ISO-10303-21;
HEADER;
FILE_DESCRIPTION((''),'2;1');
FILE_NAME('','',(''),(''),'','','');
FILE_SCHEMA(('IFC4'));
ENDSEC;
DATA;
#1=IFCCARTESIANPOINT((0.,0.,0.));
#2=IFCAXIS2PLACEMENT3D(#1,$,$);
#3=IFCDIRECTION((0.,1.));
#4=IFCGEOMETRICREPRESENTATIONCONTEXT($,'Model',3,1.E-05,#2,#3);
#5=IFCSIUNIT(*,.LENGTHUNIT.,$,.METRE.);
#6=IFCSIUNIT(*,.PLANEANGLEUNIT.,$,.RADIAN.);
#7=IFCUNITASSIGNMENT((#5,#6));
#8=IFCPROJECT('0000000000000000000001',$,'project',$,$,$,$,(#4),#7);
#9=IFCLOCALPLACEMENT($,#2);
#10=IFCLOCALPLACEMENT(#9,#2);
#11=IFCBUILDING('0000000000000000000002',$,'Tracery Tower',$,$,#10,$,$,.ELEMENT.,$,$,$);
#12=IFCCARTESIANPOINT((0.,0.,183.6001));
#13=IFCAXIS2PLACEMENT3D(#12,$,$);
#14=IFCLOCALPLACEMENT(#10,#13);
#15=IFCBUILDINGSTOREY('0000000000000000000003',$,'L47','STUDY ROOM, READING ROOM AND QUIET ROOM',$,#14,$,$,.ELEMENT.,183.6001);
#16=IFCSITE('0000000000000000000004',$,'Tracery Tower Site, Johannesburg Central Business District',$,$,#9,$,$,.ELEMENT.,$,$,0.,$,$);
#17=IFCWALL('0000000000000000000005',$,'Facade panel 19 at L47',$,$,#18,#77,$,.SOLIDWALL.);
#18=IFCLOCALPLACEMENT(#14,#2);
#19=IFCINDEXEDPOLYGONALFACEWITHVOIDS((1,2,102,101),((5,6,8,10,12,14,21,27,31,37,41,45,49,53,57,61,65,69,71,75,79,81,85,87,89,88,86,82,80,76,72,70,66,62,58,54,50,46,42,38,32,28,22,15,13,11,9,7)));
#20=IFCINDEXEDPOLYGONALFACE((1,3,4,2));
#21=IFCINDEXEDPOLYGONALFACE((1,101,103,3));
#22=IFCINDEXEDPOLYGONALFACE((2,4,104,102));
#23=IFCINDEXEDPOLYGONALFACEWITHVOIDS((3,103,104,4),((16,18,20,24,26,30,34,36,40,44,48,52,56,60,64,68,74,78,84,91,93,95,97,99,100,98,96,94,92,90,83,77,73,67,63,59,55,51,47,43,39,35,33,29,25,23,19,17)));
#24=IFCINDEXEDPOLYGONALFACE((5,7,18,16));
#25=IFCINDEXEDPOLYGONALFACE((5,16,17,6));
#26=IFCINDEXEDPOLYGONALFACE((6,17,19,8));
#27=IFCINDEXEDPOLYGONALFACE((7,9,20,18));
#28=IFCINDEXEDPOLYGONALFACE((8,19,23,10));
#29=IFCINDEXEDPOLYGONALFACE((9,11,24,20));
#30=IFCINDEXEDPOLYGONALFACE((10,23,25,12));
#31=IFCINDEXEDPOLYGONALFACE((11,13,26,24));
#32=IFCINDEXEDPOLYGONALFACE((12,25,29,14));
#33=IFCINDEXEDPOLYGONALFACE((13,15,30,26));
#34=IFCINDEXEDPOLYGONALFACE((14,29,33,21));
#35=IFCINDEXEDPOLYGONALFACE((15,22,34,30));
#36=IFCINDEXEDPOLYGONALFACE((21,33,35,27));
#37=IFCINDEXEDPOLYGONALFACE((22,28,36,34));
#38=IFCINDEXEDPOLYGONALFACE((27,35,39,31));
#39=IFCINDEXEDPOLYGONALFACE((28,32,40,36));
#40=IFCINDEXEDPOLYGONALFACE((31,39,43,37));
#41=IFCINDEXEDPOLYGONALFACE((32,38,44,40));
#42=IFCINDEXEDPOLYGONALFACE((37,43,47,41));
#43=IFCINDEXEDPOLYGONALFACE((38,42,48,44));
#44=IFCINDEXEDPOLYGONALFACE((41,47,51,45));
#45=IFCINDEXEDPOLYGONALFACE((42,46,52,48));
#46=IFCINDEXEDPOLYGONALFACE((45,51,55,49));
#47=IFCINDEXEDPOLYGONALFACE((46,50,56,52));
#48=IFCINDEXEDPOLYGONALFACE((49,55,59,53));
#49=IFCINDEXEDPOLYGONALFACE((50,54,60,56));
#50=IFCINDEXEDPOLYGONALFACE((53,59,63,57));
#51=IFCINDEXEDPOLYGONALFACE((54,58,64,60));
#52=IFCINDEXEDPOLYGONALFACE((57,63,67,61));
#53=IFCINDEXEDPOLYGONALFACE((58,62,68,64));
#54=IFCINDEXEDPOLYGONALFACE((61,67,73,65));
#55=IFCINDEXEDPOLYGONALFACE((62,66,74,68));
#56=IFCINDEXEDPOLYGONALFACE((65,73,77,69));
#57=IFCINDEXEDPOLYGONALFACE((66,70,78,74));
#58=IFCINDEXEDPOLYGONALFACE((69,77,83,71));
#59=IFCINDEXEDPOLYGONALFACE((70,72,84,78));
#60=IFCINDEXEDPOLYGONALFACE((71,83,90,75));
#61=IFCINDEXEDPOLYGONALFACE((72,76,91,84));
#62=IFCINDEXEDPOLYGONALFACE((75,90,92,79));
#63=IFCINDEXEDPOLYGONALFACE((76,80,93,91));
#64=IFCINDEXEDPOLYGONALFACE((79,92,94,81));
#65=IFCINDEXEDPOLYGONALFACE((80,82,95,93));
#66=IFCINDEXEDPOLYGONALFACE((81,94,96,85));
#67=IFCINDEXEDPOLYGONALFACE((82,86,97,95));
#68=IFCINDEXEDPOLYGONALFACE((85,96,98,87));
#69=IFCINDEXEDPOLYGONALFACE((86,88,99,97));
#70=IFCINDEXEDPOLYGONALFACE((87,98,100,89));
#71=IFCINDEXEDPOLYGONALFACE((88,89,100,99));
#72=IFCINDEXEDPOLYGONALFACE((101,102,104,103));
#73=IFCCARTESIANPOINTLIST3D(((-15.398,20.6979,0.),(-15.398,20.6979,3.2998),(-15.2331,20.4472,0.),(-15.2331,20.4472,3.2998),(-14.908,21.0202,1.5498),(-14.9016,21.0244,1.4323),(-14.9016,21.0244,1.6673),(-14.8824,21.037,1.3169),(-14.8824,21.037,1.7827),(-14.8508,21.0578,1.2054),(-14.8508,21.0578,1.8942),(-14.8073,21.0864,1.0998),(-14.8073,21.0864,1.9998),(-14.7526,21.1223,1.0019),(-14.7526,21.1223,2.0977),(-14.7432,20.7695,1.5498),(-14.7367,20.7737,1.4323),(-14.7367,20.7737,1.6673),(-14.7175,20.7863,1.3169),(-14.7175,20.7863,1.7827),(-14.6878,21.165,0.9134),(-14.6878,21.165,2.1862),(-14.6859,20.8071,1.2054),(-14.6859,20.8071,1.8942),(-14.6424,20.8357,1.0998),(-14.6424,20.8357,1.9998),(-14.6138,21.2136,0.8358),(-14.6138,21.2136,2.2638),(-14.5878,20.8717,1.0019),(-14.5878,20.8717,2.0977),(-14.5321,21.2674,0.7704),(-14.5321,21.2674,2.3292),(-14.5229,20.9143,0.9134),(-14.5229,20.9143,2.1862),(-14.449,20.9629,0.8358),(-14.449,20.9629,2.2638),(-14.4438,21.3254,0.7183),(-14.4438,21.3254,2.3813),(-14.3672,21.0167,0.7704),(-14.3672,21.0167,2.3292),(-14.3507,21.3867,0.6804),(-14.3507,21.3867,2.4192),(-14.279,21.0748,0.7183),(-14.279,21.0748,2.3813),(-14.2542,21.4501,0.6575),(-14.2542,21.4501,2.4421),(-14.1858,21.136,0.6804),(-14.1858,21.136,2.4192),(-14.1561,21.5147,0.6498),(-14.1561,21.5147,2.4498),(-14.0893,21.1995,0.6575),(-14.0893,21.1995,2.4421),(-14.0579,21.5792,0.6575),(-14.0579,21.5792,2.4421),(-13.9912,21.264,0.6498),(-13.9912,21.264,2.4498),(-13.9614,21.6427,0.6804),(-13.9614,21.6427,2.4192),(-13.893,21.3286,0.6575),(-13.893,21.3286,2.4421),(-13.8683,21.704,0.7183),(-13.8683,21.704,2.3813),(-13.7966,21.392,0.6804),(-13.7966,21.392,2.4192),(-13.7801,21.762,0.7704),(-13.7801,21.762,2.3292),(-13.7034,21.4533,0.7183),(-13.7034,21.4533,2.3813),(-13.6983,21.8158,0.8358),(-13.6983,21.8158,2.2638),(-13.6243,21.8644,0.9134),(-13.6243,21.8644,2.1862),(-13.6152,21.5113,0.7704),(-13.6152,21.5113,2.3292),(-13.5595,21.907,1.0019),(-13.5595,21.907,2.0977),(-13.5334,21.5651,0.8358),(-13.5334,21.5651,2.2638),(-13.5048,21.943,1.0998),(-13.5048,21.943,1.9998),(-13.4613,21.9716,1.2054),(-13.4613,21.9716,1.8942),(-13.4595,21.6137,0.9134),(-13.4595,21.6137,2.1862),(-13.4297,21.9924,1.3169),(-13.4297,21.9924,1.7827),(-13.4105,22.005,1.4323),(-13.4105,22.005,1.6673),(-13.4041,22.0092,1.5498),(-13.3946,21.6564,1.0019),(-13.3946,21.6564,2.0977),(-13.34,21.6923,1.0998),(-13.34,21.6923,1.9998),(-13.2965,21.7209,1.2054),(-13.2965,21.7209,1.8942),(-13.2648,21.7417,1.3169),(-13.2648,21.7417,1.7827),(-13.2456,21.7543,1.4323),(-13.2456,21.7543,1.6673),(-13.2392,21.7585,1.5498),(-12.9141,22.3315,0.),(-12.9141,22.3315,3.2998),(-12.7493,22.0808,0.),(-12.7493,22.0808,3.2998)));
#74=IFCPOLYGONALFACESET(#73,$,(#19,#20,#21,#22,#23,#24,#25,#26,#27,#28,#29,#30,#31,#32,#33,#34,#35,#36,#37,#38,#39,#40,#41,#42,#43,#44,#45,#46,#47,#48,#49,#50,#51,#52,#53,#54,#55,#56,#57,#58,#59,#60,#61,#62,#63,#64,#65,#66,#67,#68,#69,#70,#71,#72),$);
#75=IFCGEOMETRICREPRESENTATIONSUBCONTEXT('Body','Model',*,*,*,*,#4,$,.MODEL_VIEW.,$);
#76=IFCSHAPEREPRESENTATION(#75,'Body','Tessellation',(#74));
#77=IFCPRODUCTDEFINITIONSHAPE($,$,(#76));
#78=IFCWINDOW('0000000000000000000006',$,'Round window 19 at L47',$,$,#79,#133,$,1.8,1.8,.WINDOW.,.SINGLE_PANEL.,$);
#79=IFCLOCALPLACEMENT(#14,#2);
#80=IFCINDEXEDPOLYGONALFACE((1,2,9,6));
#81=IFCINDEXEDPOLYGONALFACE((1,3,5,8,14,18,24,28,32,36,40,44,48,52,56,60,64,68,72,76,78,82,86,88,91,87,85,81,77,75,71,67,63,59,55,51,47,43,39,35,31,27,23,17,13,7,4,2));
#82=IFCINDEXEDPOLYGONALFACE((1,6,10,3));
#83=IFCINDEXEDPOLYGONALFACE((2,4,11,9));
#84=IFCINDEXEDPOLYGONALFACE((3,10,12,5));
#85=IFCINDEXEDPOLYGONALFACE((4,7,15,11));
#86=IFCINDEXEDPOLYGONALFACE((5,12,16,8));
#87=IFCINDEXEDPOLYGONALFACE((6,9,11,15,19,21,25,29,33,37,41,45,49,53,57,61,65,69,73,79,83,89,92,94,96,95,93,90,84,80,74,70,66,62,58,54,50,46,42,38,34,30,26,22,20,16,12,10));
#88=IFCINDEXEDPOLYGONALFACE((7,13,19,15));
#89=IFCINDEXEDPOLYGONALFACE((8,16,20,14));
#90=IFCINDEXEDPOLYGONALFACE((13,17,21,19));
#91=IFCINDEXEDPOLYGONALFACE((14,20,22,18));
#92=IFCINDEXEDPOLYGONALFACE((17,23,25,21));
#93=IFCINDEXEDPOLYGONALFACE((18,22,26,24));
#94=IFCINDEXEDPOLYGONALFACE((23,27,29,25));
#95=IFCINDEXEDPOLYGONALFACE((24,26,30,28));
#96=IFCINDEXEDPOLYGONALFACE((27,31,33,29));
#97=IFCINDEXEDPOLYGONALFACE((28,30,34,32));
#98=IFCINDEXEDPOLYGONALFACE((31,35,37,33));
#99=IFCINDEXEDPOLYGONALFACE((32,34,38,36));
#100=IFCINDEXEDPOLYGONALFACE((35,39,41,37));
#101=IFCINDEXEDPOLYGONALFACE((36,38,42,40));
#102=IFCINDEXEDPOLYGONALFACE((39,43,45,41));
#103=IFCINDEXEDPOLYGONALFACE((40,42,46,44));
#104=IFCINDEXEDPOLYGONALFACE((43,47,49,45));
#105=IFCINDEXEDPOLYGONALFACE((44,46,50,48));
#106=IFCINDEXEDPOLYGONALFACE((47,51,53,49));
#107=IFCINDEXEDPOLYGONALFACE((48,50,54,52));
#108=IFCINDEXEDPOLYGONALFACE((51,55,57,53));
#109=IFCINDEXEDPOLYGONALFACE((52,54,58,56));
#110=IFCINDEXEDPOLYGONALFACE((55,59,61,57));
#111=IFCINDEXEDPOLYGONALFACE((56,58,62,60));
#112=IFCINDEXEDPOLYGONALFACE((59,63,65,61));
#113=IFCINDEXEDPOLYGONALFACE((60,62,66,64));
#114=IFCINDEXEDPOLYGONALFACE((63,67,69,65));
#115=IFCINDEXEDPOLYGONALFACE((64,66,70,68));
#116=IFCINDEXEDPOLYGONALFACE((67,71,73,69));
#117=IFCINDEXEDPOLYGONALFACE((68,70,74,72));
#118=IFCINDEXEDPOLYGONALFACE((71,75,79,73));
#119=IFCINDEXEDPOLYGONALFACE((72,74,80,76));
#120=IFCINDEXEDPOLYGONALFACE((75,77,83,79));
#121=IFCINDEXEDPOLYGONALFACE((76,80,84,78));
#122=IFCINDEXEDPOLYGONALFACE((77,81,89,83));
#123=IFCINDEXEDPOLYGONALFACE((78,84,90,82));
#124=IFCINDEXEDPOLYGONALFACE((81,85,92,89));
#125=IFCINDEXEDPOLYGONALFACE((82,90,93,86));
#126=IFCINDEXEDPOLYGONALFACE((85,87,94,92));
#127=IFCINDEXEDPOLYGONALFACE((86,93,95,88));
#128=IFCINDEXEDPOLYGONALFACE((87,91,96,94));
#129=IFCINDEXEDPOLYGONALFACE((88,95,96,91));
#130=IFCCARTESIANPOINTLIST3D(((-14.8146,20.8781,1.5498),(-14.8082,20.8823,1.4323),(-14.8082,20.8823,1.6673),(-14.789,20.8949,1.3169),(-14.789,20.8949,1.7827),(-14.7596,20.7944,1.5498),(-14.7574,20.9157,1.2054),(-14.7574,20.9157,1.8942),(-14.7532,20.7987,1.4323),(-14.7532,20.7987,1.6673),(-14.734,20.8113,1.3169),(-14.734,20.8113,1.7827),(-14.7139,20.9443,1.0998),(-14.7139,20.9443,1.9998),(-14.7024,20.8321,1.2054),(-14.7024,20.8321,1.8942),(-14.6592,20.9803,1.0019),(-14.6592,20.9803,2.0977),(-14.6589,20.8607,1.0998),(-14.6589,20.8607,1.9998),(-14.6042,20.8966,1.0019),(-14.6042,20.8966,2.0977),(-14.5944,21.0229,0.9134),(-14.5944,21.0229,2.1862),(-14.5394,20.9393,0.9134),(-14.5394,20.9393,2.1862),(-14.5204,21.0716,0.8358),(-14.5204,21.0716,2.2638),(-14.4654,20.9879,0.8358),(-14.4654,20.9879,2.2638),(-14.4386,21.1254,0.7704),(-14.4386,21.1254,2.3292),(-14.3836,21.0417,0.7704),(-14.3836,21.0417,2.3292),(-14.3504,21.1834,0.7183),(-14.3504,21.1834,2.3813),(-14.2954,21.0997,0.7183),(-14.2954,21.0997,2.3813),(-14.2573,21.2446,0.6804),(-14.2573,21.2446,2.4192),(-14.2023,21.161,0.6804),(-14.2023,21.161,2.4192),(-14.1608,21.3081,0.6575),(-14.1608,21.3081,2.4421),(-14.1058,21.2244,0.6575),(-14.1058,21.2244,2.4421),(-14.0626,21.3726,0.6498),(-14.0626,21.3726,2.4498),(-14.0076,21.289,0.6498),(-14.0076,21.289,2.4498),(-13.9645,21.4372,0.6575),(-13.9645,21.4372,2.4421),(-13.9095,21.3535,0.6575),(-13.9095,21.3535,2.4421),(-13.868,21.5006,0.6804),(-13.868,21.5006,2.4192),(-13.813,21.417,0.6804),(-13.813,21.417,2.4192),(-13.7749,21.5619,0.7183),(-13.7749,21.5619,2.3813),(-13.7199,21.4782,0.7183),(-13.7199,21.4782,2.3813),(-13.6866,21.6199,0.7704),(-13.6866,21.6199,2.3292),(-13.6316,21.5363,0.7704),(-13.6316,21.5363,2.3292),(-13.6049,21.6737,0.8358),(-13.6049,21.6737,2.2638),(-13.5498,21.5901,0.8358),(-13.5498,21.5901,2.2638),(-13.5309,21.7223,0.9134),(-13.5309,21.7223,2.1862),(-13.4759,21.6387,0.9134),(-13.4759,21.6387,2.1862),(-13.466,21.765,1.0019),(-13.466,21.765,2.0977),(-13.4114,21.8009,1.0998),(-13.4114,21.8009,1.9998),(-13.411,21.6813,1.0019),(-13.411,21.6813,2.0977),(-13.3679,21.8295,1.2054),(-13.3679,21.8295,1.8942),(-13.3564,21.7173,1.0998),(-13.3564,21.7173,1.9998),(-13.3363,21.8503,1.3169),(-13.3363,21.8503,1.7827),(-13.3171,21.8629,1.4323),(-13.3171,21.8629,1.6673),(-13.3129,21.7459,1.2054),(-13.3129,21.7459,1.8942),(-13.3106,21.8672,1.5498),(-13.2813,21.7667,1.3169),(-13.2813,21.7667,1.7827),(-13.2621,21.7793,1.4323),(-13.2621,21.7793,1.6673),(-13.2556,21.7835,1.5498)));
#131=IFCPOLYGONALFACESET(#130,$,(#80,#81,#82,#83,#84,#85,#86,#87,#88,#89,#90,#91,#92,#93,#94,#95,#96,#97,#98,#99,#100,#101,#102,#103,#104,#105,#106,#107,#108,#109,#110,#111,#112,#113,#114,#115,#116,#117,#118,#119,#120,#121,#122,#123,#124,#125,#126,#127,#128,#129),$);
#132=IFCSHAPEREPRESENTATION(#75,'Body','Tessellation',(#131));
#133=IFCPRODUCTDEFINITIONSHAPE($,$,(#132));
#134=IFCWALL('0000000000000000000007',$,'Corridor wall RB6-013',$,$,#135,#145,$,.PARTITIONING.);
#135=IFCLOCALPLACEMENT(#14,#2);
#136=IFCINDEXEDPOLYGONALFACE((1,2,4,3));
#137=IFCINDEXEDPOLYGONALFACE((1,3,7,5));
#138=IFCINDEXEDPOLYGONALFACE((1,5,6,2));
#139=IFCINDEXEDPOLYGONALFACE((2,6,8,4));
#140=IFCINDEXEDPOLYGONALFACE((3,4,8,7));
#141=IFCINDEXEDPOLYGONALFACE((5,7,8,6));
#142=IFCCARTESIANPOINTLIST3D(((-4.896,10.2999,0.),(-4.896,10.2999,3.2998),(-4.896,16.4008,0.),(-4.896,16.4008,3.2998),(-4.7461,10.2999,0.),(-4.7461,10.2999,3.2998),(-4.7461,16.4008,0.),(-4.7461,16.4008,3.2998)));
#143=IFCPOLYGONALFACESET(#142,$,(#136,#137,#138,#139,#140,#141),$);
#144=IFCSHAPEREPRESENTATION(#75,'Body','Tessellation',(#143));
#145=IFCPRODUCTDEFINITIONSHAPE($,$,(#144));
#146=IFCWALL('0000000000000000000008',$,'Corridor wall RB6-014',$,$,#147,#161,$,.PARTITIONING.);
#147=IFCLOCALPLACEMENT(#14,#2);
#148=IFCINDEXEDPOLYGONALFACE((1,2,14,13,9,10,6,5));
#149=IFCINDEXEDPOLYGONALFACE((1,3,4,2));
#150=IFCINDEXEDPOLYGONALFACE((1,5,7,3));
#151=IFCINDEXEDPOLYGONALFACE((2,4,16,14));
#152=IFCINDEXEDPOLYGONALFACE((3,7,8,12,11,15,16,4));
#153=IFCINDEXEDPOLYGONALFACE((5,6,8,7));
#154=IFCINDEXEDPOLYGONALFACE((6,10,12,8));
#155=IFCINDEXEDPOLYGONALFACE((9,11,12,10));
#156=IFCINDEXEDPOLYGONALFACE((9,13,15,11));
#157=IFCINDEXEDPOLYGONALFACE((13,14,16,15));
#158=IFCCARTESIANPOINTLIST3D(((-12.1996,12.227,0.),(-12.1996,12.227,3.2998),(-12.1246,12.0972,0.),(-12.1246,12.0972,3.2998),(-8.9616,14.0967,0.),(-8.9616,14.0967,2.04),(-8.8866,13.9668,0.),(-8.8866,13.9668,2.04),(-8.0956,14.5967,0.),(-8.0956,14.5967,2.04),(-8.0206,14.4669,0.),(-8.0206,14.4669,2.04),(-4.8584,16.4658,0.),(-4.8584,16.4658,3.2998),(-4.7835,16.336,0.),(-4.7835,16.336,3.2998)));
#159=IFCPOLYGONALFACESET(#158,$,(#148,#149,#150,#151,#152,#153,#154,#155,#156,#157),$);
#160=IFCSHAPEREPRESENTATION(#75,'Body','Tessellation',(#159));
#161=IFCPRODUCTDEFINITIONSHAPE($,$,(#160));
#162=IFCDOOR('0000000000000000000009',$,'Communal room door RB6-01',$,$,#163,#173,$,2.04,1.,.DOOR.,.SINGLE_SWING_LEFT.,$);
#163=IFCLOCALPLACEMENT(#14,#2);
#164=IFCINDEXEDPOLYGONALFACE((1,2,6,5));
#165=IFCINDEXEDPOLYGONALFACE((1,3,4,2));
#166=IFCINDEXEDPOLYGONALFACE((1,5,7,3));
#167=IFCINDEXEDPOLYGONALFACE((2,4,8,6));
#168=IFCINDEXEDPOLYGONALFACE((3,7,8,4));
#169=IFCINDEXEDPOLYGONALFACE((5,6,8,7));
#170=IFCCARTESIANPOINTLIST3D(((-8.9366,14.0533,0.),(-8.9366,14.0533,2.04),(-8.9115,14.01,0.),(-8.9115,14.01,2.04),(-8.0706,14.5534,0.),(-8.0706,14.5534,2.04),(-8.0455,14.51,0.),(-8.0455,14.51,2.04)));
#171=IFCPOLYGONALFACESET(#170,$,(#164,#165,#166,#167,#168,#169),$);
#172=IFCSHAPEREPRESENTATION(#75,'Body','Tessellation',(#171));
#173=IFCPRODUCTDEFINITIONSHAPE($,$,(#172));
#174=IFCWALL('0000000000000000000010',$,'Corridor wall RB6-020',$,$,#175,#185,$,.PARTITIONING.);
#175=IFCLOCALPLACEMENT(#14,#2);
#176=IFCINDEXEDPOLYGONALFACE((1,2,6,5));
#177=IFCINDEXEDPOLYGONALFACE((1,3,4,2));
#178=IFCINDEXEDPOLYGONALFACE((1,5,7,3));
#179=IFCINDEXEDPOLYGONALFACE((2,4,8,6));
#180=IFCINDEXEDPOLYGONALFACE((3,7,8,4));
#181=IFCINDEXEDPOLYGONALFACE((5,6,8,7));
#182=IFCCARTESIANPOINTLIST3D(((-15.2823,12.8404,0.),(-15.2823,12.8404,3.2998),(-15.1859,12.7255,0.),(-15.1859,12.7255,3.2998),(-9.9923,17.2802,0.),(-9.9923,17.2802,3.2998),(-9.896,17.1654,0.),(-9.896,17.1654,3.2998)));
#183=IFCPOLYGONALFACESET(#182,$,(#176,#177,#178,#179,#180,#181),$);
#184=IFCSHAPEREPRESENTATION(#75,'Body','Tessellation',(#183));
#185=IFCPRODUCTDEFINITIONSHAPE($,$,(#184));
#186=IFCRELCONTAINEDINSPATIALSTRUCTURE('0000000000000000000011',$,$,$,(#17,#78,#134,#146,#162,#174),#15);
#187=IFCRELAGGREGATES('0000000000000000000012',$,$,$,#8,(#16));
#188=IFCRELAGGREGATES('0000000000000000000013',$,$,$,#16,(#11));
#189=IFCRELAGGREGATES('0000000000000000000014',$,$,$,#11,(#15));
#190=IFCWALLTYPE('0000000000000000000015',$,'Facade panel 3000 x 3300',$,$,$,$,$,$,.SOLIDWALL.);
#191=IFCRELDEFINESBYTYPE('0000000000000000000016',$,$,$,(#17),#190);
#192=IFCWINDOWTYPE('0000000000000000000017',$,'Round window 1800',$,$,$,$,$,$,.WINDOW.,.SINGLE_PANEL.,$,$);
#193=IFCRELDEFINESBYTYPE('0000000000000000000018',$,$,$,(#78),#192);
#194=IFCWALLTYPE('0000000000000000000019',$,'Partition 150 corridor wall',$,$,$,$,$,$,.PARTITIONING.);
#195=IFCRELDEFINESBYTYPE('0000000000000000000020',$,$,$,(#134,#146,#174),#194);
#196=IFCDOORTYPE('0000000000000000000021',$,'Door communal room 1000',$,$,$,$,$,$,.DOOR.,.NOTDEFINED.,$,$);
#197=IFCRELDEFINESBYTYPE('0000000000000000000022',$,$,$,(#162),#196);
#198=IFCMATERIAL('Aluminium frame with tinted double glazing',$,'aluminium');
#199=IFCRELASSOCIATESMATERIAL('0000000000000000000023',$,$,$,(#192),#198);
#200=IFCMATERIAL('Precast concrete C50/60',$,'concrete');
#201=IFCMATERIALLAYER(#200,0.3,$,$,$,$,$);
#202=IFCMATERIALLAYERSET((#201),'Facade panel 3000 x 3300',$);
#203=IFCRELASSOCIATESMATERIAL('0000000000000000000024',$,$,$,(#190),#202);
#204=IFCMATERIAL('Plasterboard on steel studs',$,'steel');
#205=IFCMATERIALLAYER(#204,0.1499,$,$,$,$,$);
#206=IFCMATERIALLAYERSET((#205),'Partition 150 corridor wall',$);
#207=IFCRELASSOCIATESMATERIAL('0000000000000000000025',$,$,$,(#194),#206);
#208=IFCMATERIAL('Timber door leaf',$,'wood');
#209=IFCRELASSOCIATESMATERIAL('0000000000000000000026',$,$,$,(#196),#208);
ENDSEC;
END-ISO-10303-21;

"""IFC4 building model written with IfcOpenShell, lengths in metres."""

from ifc_helpers import new_model, si_unit, direction, frame, frame_2d, origin, origin_2d, place, context, subcontext, project, spatial, rectangle, circle, extrude, material, layer, layer_set, type_object, element, fill, save


model = new_model("IFC4")

# Units and contexts
model_context = context("Model", 3, precision=1e-05, world=origin(), true_north=direction((0.0, 1.0)))
body_context = subcontext(model_context, "Body", "Model", "MODEL_VIEW")
ifc_project = project(units=[si_unit("LENGTHUNIT", "METRE"), si_unit("PLANEANGLEUNIT", "RADIAN")], contexts=[model_context])

# Site, building, storey
site_placement = place(None, origin())
site = spatial("IfcSite", under=ifc_project, at=site_placement, Name="Tracery Tower Site, Johannesburg Central Business District", CompositionType="ELEMENT", RefElevation=0.0)
building_placement = place(site_placement, origin())
building = spatial("IfcBuilding", under=site, at=building_placement, Name="Tracery Tower", CompositionType="ELEMENT")
storey_placement = place(building_placement, frame((0.0, 0.0, 183.6001)))
storey = spatial("IfcBuildingStorey", under=building, at=storey_placement, Name="L47", Description="STUDY ROOM, READING ROOM AND QUIET ROOM", CompositionType="ELEMENT", Elevation=183.6001)

# Wall, opening, window
ifc_material_1 = material(Name="Aluminium frame with tinted double glazing", Category="aluminium")
window_type = type_object("IfcWindowType", Name="Round window 1800", PartitioningType="SINGLE_PANEL", PredefinedType="WINDOW", material=ifc_material_1)
ifc_material_2 = material(Name="Precast concrete C50/60", Category="concrete")
ifc_layer_1 = layer(ifc_material_2, 0.3)
ifc_layer_set_1 = layer_set([ifc_layer_1], Name="Facade panel 3000 x 3300")
wall_type_1 = type_object("IfcWallType", Name="Facade panel 3000 x 3300", PredefinedType="SOLIDWALL", material=ifc_layer_set_1)
wall_1_placement = place(storey_placement, frame((-12.8318, 22.2061, 0.0), z_axis=(0.0, 0.0, 1.0), x_axis=(-0.835508, -0.549478, 0.0)))
wall_1 = element("IfcWall", 1, at=wall_1_placement, inside=storey, type_object=wall_type_1, Name="Facade panel 19 at L47", PredefinedType="SOLIDWALL", context=body_context, shape_type="SweptSolid", body=[
    extrude(rectangle(XDim=2.9729, YDim=0.3, at=frame_2d((1.4863, 0.0))), origin(), (0.0, 0.0, 1.0), 3.2998),
])
opening_1_placement = place(wall_1_placement, frame((1.4863, 0.0, 1.5498)))
opening_1 = element("IfcOpeningElement", 2, at=opening_1_placement, cuts=wall_1, PredefinedType="OPENING", context=body_context, shape_type="SweptSolid", body=[
    extrude(circle(Radius=0.9, at=origin_2d()), frame((0.0, 0.1599, 0.0), z_axis=(0.0, -1.0, 0.0), x_axis=(1.0, 0.0, 0.0)), (0.0, 0.0, 1.0), 0.3201),
])
window_1_placement = place(opening_1_placement, origin())
window_1 = element("IfcWindow", 3, at=window_1_placement, inside=storey, type_object=window_type, Name="Round window 19 at L47", OverallHeight=1.8, OverallWidth=1.8, PartitioningType="SINGLE_PANEL", PredefinedType="WINDOW", context=body_context, shape_type="SweptSolid", body=[
    extrude(circle(Radius=0.9, at=origin_2d()), frame((0.0, 0.1201, 0.0), z_axis=(0.0, -1.0, 0.0), x_axis=(1.0, 0.0, 0.0)), (0.0, 0.0, 1.0), 0.1001),
])
fill(opening_1, window_1)

# Wall
ifc_material_3 = material(Name="Plasterboard on steel studs", Category="steel")
ifc_layer_2 = layer(ifc_material_3, 0.1499)
ifc_layer_set_2 = layer_set([ifc_layer_2], Name="Partition 150 corridor wall")
wall_type_2 = type_object("IfcWallType", Name="Partition 150 corridor wall", PredefinedType="PARTITIONING", material=ifc_layer_set_2)
wall_2_placement = place(storey_placement, frame((-4.821, 10.3, 0.0), z_axis=(0.0, 0.0, 1.0), x_axis=(0.0, 1.0, 0.0)))
element("IfcWall", 4, at=wall_2_placement, inside=storey, type_object=wall_type_2, Name="Corridor wall RB6-013", PredefinedType="PARTITIONING", context=body_context, shape_type="SweptSolid", body=[
    extrude(rectangle(XDim=6.1008, YDim=0.1499, at=frame_2d((3.0503, 0.0))), origin(), (0.0, 0.0, 1.0), 3.2998),
])

# Wall, opening, door
wall_3_placement = place(storey_placement, frame((-12.1621, 12.1621, 0.0), z_axis=(0.0, 0.0, 1.0), x_axis=(0.866005, 0.500036, 0.0)))
wall_3 = element("IfcWall", 5, at=wall_3_placement, inside=storey, type_object=wall_type_2, Name="Corridor wall RB6-014", PredefinedType="PARTITIONING", context=body_context, shape_type="SweptSolid", body=[
    extrude(rectangle(XDim=8.4771, YDim=0.1499, at=frame_2d((4.2385, 0.0))), origin(), (0.0, 0.0, 1.0), 3.2998),
])
opening_2_placement = place(wall_3_placement, frame((3.739, 0.0, 0.0)))
opening_2 = element("IfcOpeningElement", 6, at=opening_2_placement, cuts=wall_3, PredefinedType="OPENING", context=body_context, shape_type="SweptSolid", body=[
    extrude(rectangle(XDim=1.0, YDim=2.04, at=frame_2d((0.5, 1.02))), frame((0.0, 0.075, 0.0), z_axis=(0.0, -1.0, 0.0), x_axis=(1.0, 0.0, 0.0)), (0.0, 0.0, 1.0), 0.1499),
])
ifc_material_4 = material(Name="Timber door leaf", Category="wood")
door_type = type_object("IfcDoorType", Name="Door communal room 1000", OperationType="NOTDEFINED", PredefinedType="DOOR", material=ifc_material_4)
door_1_placement = place(opening_2_placement, origin())
door_1 = element("IfcDoor", 7, at=door_1_placement, inside=storey, type_object=door_type, Name="Communal room door RB6-01", OperationType="SINGLE_SWING_LEFT", OverallHeight=2.04, OverallWidth=1.0, PredefinedType="DOOR", context=body_context, shape_type="SweptSolid", body=[
    extrude(rectangle(XDim=1.0, YDim=2.04, at=frame_2d((0.5, 1.02))), frame((0.0, 0.0249, 0.0), z_axis=(0.0, -1.0, 0.0), x_axis=(1.0, 0.0, 0.0)), (0.0, 0.0, 1.0), 0.05),
])
fill(opening_2, door_1)

# Wall
wall_4_placement = place(storey_placement, frame((-15.2341, 12.783, 0.0), z_axis=(0.0, 0.0, 1.0), x_axis=(0.765968, 0.642879, 0.0)))
element("IfcWall", 8, at=wall_4_placement, inside=storey, type_object=wall_type_2, Name="Corridor wall RB6-020", PredefinedType="PARTITIONING", context=body_context, shape_type="SweptSolid", body=[
    extrude(rectangle(XDim=6.9062, YDim=0.1499, at=frame_2d((3.4531, 0.0))), origin(), (0.0, 0.0, 1.0), 3.2998),
])

save(model, "model.ifc")
